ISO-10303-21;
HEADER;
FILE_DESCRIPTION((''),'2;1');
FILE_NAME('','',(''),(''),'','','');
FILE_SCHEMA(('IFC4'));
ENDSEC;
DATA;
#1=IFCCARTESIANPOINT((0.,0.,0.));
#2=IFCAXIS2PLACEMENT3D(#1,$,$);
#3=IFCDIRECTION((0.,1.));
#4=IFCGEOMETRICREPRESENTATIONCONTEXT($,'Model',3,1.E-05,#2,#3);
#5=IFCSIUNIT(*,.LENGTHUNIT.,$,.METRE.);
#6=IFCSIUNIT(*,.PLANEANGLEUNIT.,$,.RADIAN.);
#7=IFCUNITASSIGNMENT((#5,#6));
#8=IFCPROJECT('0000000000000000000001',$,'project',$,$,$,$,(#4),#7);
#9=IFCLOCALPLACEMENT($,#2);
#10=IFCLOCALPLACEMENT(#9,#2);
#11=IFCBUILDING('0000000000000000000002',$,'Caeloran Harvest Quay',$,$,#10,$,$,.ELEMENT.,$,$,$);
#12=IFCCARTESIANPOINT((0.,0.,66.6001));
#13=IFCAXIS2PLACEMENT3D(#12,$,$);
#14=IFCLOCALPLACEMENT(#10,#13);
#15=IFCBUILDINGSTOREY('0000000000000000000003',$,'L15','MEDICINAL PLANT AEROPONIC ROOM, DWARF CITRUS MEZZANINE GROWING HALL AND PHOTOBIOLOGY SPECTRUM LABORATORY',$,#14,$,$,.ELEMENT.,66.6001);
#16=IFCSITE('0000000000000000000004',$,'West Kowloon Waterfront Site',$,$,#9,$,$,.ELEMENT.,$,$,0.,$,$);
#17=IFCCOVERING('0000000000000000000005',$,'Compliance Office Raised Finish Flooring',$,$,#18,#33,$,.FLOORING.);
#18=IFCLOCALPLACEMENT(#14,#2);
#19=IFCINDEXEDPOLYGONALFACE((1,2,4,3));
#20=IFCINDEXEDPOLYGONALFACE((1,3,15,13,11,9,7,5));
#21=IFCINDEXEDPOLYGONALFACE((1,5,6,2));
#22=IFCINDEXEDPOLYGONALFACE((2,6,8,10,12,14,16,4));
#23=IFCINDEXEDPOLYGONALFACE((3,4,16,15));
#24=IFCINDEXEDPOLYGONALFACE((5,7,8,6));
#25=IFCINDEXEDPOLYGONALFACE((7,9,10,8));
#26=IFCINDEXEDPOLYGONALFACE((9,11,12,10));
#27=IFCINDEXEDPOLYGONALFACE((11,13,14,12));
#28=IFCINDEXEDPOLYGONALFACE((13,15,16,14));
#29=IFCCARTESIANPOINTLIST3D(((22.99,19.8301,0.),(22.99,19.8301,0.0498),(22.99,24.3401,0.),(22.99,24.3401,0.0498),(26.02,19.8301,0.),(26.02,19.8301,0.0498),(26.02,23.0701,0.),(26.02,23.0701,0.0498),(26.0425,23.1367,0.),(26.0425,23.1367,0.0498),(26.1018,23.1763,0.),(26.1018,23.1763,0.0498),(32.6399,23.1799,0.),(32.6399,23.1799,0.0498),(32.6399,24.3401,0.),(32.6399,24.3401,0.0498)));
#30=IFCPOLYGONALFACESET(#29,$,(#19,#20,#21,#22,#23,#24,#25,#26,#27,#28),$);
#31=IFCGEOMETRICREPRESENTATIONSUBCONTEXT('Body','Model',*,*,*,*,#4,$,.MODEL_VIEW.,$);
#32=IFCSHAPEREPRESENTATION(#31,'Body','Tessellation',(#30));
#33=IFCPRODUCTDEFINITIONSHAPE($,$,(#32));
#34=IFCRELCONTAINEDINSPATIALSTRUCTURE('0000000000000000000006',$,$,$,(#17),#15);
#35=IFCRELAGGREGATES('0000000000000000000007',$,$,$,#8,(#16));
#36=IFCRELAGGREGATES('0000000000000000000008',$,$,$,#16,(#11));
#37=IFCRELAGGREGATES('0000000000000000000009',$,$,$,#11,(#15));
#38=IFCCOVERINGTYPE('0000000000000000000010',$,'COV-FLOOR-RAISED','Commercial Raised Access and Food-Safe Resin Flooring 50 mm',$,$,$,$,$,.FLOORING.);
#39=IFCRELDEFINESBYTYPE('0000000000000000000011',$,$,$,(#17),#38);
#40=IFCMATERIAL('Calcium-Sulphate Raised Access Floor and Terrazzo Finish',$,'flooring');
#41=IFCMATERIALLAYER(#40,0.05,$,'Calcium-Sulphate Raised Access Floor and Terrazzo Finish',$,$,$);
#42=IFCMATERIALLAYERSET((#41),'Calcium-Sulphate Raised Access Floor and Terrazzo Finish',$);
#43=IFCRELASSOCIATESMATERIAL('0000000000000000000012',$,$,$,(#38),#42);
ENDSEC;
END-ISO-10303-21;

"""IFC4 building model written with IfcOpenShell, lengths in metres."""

from ifc_helpers import new_model, si_unit, direction, frame, origin, place, context, subcontext, project, spatial, polyline, outline, extrude, material, layer, layer_set, type_object, element, save


model = new_model("IFC4")

# Units and contexts
model_context = context("Model", 3, precision=1e-05, world=origin(), true_north=direction((0.0, 1.0)))
body_context = subcontext(model_context, "Body", "Model", "MODEL_VIEW")
ifc_project = project(units=[si_unit("LENGTHUNIT", "METRE"), si_unit("PLANEANGLEUNIT", "RADIAN")], contexts=[model_context])

# Site, building, storey
site_placement = place(None, origin())
site = spatial("IfcSite", under=ifc_project, at=site_placement, Name="West Kowloon Waterfront Site", CompositionType="ELEMENT", RefElevation=0.0)
building_placement = place(site_placement, origin())
building = spatial("IfcBuilding", under=site, at=building_placement, Name="Caeloran Harvest Quay", CompositionType="ELEMENT")
storey_placement = place(building_placement, frame((0.0, 0.0, 66.6001)))
storey = spatial("IfcBuildingStorey", under=building, at=storey_placement, Name="L15", Description="MEDICINAL PLANT AEROPONIC ROOM, DWARF CITRUS MEZZANINE GROWING HALL AND PHOTOBIOLOGY SPECTRUM LABORATORY", CompositionType="ELEMENT", Elevation=66.6001)

# Covering
ifc_material_1 = material(Name="Calcium-Sulphate Raised Access Floor and Terrazzo Finish", Category="flooring")
ifc_layer_1 = layer(ifc_material_1, 0.05, Name="Calcium-Sulphate Raised Access Floor and Terrazzo Finish")
ifc_layer_set_1 = layer_set([ifc_layer_1], Name="Calcium-Sulphate Raised Access Floor and Terrazzo Finish")
covering_type_1 = type_object("IfcCoveringType", Name="COV-FLOOR-RAISED", Description="Commercial Raised Access and Food-Safe Resin Flooring 50 mm", PredefinedType="FLOORING", material=ifc_layer_set_1)
covering_1_placement = place(storey_placement, origin())
element("IfcCovering", 1, at=covering_1_placement, inside=storey, type_object=covering_type_1, Name="Compliance Office Raised Finish Flooring", PredefinedType="FLOORING", context=body_context, shape_type="SweptSolid", body=[
    extrude(outline(polyline([(26.1018, 23.1763), (26.0425, 23.1367), (26.02, 23.0701), (26.02, 19.8301), (22.99, 19.8301), (22.99, 24.3401), (32.6399, 24.3401), (32.6399, 23.1799), (26.1018, 23.1763)])), origin(), (0.0, 0.0, 1.0), 0.0498),
])

save(model, "model.ifc")
